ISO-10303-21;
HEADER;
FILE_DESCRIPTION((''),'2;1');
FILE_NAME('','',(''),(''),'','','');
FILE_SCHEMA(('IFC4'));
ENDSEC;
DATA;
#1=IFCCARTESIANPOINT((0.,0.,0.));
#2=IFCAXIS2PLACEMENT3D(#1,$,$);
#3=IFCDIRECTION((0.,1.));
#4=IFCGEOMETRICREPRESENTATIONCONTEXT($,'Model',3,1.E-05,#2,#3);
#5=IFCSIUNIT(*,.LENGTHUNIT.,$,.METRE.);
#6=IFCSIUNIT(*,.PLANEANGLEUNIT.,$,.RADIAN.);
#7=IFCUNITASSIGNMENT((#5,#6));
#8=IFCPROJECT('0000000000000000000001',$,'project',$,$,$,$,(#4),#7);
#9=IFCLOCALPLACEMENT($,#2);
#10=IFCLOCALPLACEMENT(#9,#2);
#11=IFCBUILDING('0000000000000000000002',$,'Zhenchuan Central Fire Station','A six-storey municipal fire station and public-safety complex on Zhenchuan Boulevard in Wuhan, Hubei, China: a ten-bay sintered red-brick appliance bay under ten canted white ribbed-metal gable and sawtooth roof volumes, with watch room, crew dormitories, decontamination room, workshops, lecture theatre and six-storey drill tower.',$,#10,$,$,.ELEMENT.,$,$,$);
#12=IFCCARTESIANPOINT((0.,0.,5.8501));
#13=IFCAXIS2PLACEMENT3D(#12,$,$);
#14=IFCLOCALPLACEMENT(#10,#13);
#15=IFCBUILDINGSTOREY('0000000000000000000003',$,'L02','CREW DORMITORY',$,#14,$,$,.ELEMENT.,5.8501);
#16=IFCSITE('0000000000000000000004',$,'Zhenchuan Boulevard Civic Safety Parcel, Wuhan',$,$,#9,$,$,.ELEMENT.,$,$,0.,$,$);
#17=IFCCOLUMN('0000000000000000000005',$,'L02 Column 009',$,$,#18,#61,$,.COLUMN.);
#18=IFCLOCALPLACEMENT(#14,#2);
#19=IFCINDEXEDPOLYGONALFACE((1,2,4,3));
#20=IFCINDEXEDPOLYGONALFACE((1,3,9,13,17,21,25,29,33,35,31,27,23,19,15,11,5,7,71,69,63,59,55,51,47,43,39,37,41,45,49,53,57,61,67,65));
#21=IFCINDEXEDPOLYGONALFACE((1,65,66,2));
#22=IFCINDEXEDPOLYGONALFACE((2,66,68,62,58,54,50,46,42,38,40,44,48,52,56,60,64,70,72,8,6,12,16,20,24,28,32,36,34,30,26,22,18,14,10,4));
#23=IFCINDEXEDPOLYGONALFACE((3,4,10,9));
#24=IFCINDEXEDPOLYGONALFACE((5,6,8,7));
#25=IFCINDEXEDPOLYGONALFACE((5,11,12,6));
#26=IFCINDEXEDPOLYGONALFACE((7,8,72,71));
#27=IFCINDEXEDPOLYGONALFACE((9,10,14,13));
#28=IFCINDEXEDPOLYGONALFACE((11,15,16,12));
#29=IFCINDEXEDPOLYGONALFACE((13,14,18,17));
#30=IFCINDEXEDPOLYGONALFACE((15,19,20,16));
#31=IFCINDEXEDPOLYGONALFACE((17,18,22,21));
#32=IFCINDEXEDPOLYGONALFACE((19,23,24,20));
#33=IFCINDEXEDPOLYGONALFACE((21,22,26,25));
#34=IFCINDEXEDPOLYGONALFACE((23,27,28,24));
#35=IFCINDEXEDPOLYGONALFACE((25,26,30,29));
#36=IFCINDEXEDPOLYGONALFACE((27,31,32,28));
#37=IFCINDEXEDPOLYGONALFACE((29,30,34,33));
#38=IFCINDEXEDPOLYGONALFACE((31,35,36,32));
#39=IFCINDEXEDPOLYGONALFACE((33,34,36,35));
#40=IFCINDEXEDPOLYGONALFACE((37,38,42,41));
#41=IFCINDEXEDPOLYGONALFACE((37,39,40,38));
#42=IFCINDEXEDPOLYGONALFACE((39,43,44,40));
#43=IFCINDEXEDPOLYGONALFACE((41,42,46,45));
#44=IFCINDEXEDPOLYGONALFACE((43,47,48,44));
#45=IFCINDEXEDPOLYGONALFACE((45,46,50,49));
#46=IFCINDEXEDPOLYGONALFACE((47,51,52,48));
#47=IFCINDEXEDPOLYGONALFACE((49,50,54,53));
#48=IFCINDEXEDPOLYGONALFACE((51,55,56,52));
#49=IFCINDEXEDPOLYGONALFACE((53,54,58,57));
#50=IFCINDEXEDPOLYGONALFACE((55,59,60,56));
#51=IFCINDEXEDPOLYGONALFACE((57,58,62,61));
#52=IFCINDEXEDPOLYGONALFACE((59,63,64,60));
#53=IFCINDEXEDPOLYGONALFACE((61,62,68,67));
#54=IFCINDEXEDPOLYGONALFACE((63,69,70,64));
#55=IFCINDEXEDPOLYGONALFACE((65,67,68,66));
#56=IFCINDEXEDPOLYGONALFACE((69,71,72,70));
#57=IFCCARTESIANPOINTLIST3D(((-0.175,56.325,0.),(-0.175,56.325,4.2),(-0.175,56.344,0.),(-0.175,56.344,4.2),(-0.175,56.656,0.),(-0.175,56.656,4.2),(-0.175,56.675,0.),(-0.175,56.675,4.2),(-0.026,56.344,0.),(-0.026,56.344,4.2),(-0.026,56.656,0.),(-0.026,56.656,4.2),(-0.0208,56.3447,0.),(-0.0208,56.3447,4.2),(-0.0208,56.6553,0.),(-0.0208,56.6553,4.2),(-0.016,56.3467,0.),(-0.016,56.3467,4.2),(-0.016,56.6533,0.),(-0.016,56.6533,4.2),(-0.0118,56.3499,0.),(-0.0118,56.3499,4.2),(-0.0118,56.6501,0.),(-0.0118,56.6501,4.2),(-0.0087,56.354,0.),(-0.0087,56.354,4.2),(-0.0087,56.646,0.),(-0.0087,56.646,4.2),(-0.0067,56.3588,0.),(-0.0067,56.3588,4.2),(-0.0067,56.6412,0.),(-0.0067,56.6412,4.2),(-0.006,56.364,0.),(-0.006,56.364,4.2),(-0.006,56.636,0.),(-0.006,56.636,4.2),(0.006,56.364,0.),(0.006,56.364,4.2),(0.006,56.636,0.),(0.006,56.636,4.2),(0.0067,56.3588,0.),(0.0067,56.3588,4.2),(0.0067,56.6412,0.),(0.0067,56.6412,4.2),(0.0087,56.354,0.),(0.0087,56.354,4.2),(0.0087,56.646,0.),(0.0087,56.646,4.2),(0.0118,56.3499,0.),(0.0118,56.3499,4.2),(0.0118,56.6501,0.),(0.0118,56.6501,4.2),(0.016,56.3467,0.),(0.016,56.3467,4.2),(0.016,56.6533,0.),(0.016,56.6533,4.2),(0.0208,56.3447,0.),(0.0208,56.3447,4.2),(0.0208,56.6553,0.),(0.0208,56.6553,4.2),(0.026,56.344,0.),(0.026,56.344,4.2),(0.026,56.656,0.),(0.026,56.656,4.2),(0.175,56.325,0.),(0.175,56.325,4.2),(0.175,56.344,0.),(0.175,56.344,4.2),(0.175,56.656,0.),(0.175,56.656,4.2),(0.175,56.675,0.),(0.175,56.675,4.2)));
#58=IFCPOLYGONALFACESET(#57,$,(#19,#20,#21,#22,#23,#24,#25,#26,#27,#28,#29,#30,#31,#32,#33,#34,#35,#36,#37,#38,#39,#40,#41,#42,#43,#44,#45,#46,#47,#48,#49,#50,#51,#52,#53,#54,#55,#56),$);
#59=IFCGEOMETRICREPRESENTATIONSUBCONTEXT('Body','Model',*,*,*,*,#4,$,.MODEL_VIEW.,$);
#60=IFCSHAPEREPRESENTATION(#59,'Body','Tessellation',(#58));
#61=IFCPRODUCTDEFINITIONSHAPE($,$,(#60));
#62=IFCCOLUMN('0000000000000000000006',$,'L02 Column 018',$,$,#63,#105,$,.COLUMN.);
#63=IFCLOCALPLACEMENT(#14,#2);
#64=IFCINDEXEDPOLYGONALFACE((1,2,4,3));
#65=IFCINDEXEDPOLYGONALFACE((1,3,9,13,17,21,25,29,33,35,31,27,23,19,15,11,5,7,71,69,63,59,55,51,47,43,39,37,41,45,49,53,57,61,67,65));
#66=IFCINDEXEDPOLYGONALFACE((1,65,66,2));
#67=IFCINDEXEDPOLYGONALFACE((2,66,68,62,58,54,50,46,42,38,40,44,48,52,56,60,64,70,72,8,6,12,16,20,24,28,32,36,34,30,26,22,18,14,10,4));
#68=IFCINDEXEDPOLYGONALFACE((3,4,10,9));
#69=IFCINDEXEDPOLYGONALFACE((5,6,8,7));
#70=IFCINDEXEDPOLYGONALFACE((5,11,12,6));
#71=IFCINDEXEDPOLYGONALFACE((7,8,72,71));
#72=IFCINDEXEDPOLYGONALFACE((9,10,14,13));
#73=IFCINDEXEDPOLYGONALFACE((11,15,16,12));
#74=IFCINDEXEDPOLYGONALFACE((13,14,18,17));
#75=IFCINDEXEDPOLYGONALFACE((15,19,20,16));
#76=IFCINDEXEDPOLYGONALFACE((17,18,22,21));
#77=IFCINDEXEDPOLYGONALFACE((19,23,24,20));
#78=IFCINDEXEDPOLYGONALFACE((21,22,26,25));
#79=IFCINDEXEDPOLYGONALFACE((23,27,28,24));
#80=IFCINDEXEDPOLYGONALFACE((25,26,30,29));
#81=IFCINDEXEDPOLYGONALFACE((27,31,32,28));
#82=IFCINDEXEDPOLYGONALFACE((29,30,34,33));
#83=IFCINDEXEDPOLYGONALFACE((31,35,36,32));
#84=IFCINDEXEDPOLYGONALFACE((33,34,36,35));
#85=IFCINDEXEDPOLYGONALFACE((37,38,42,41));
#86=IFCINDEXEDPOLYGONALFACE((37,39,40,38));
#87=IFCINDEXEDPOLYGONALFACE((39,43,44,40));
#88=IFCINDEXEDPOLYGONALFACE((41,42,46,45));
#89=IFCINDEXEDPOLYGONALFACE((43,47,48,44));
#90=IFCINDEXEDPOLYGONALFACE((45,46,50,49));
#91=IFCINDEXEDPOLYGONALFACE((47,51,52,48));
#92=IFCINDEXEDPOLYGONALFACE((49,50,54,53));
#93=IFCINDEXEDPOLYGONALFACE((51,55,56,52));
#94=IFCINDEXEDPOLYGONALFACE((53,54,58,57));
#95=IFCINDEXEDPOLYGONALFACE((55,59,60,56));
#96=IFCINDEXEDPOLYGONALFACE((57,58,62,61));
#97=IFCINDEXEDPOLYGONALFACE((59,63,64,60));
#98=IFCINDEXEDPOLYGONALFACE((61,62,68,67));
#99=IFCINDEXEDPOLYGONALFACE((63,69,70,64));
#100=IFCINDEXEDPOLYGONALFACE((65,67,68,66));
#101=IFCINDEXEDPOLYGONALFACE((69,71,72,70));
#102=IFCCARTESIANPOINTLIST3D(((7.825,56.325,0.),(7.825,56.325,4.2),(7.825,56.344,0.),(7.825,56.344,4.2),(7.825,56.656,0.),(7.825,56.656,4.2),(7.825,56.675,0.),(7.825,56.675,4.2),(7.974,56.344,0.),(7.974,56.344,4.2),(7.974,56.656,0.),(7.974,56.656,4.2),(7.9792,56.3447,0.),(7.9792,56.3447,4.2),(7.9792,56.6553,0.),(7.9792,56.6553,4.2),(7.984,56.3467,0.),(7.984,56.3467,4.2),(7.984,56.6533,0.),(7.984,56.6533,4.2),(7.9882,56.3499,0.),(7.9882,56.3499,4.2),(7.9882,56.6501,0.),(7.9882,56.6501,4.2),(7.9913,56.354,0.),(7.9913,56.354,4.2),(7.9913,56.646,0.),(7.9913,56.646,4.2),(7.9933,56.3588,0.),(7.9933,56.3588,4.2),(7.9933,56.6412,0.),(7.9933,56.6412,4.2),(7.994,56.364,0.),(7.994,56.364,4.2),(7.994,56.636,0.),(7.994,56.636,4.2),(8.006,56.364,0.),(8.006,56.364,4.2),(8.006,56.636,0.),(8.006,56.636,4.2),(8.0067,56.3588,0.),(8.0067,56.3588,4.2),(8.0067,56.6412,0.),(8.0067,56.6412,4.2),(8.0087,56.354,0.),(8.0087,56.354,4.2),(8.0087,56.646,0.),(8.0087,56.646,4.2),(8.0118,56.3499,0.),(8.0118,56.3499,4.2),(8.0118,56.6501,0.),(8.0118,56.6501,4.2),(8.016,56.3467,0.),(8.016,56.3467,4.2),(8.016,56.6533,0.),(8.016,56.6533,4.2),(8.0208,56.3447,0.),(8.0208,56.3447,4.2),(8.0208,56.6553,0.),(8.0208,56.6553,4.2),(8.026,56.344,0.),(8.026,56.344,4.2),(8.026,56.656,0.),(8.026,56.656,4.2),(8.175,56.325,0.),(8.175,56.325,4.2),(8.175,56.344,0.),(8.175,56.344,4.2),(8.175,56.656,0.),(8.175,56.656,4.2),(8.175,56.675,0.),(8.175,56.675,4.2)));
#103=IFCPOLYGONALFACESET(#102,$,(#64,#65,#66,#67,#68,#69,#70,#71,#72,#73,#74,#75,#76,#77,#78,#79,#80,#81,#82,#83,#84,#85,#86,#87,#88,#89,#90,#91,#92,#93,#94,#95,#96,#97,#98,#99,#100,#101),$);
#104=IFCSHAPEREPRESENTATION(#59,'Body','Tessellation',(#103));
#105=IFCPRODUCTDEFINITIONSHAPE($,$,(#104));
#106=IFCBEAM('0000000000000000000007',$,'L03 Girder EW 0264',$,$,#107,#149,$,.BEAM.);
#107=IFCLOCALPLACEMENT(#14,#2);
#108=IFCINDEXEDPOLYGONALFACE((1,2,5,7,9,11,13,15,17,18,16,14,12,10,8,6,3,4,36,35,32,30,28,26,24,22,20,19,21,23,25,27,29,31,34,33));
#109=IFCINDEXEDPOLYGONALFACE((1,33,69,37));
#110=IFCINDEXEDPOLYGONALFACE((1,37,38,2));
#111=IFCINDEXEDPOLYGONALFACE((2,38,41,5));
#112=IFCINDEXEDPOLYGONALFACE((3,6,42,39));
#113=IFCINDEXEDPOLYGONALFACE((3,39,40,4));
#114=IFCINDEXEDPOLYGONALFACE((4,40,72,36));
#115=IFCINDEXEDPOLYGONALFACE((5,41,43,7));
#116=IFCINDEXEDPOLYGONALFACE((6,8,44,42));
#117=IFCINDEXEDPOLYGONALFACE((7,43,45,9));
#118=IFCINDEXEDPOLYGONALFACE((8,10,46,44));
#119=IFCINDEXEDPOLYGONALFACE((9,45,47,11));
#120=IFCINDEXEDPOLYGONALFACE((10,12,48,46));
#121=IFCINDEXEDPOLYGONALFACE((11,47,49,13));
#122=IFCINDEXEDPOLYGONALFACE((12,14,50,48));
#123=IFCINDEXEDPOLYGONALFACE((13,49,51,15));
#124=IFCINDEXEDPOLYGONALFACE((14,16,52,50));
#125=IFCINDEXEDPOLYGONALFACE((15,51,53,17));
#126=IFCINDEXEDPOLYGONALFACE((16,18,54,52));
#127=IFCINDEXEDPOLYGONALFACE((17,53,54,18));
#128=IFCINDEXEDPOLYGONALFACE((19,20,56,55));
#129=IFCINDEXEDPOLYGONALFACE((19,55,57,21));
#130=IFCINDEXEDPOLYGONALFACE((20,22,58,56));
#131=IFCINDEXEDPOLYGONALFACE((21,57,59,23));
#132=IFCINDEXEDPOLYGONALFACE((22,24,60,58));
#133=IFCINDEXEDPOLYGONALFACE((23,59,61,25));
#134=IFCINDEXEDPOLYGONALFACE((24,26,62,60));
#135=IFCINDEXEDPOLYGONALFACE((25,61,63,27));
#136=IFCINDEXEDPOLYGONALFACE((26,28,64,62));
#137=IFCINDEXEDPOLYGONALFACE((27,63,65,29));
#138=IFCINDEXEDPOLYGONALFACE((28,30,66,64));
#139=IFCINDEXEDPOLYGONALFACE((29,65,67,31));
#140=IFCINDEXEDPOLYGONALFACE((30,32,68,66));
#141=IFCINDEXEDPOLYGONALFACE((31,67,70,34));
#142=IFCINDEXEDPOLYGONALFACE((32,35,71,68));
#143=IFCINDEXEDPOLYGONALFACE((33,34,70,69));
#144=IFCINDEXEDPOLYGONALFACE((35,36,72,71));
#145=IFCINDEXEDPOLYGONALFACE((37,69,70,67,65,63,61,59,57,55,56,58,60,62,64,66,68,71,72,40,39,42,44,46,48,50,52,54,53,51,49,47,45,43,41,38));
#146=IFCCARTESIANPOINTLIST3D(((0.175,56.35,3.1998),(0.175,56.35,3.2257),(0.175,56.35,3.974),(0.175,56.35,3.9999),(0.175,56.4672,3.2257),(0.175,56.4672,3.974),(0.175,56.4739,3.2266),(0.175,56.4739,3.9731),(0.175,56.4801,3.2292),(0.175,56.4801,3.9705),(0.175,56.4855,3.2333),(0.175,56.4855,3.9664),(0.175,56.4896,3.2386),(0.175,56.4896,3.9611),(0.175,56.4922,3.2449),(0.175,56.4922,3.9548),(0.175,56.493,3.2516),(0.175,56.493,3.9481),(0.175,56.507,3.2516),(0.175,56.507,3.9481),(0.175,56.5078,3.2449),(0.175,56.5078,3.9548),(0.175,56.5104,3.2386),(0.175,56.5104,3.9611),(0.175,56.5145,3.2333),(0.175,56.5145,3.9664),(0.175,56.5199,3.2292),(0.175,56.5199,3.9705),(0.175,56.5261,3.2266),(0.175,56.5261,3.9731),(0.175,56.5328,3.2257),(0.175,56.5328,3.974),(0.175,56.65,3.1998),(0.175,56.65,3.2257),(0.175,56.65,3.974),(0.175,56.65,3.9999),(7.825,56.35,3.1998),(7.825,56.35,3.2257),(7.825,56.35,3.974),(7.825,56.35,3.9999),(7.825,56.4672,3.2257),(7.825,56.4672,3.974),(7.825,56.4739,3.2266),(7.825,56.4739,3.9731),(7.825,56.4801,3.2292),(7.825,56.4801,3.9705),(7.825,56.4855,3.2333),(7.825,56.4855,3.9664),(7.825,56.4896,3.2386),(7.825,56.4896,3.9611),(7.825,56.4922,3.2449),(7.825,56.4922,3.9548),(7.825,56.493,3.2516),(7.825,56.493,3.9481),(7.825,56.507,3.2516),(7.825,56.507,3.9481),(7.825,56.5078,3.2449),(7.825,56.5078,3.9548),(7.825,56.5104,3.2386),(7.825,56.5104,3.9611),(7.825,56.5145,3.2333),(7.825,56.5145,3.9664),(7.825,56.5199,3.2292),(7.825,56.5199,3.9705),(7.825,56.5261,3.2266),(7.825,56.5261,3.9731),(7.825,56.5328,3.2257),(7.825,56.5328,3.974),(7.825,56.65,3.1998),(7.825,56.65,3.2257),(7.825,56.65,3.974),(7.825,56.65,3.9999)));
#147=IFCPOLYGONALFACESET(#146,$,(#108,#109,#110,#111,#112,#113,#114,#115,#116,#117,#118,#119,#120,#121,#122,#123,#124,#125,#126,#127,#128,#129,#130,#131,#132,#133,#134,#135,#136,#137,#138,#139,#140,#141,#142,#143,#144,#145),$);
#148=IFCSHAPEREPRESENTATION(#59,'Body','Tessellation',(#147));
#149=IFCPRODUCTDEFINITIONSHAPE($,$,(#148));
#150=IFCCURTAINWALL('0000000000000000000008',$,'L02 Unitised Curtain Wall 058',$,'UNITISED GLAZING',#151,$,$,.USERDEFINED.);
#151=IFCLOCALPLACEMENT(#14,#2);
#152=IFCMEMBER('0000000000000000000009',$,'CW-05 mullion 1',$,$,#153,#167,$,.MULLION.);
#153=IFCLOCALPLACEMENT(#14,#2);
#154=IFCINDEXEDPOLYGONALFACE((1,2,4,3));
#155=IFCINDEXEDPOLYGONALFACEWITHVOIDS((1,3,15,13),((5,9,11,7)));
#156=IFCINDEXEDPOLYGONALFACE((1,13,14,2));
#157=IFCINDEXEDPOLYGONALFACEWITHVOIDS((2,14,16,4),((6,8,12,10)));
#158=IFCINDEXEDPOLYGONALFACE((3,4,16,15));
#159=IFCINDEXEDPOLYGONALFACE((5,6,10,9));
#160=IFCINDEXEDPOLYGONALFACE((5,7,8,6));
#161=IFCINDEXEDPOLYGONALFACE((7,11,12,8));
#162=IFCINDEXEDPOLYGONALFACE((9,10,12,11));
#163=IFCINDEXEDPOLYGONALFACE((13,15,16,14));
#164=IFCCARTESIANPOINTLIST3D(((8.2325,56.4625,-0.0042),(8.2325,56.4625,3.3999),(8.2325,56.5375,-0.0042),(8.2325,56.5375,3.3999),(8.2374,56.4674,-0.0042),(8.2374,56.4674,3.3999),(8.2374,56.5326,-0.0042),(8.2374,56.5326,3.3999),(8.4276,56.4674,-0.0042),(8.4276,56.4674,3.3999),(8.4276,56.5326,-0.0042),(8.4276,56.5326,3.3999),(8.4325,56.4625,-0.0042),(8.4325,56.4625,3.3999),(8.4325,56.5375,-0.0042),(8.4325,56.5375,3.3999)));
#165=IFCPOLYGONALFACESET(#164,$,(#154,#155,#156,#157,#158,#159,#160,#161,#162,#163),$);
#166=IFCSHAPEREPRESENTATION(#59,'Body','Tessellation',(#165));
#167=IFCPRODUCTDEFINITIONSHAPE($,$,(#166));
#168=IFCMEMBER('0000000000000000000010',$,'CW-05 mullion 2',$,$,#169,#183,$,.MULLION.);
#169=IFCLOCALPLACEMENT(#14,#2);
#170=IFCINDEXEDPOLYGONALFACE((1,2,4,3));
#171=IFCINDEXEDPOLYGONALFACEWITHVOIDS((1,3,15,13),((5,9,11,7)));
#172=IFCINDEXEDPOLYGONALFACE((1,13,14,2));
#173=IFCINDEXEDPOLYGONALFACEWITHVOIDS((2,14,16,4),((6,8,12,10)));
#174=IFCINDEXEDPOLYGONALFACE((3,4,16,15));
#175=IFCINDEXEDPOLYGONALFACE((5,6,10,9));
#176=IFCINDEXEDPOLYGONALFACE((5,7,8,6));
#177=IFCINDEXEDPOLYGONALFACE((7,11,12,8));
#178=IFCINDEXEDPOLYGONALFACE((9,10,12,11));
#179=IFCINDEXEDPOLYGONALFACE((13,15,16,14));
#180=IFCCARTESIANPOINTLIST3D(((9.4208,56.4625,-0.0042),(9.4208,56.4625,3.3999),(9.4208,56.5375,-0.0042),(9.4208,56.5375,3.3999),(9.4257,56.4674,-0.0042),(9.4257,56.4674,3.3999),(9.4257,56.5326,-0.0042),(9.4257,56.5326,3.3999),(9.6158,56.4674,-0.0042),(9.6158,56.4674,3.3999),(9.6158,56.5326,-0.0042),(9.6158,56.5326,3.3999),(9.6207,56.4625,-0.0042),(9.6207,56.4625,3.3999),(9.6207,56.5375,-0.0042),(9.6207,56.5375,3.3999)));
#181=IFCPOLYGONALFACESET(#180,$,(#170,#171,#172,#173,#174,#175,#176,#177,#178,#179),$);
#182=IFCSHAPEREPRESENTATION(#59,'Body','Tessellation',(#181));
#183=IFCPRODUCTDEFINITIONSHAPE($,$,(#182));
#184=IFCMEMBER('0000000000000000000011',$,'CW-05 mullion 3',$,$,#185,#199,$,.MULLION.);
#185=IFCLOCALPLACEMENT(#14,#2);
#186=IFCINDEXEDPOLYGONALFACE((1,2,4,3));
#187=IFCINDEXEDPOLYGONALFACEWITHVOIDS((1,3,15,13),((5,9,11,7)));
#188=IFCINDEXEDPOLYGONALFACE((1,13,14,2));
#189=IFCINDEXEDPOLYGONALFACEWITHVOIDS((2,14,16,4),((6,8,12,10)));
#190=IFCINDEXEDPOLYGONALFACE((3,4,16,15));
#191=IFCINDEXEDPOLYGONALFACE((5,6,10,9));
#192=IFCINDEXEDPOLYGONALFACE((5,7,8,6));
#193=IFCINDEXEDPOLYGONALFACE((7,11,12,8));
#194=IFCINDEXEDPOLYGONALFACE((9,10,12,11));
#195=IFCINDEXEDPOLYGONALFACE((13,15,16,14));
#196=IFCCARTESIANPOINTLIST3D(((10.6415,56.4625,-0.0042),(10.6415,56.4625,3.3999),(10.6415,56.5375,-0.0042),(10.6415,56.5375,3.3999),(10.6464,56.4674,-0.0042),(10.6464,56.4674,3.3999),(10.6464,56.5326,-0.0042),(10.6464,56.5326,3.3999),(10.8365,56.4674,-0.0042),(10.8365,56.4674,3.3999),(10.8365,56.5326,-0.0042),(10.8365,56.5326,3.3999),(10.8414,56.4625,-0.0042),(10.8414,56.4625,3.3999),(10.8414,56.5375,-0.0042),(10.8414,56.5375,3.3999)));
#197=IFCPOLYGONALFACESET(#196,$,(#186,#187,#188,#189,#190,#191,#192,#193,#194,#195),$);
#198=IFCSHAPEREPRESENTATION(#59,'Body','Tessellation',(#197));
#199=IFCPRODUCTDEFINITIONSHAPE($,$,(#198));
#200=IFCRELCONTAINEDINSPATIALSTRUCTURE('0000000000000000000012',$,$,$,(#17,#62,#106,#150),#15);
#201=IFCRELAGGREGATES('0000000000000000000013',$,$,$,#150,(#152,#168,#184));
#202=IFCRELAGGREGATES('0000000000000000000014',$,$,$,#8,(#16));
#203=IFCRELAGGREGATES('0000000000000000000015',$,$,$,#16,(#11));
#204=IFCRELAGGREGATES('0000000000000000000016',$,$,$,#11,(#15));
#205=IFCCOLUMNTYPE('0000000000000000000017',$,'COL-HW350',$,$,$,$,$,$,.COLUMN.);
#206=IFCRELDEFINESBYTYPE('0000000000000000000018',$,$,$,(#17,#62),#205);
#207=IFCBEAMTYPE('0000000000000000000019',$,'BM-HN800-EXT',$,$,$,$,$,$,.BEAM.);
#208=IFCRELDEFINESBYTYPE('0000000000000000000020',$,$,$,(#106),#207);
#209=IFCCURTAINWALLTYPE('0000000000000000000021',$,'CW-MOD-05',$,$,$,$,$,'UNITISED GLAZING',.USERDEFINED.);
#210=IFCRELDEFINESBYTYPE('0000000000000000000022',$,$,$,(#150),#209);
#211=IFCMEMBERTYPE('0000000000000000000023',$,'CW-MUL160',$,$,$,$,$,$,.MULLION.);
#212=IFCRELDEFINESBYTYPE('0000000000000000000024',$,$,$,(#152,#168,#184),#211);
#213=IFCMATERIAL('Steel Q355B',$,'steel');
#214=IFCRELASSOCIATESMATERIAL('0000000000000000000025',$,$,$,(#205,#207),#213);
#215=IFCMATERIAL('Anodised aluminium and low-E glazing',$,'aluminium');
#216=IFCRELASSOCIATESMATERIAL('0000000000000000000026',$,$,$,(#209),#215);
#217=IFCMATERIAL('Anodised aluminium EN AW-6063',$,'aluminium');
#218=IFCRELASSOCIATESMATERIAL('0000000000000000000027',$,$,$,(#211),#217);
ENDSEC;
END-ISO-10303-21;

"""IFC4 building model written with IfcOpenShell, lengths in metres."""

from ifc_helpers import new_model, si_unit, direction, frame, origin, origin_2d, place, context, subcontext, project, spatial, hollow_rectangle, i_section, extrude, material, material_profile, profile_set, type_object, element, aggregate, save


model = new_model("IFC4")

# Units and contexts
model_context = context("Model", 3, precision=1e-05, world=origin(), true_north=direction((0.0, 1.0)))
body_context = subcontext(model_context, "Body", "Model", "MODEL_VIEW")
ifc_project = project(units=[si_unit("LENGTHUNIT", "METRE"), si_unit("PLANEANGLEUNIT", "RADIAN")], contexts=[model_context])

# Site, building, storey
site_placement = place(None, origin())
site = spatial("IfcSite", under=ifc_project, at=site_placement, Name="Zhenchuan Boulevard Civic Safety Parcel, Wuhan", CompositionType="ELEMENT", RefElevation=0.0)
building_placement = place(site_placement, origin())
building = spatial("IfcBuilding", under=site, at=building_placement, Name="Zhenchuan Central Fire Station", Description="A six-storey municipal fire station and public-safety complex on Zhenchuan Boulevard in Wuhan, Hubei, China: a ten-bay sintered red-brick appliance bay under ten canted white ribbed-metal gable and sawtooth roof volumes, with watch room, crew dormitories, decontamination room, workshops, lecture theatre and six-storey drill tower.", CompositionType="ELEMENT")
storey_placement = place(building_placement, frame((0.0, 0.0, 5.8501)))
storey = spatial("IfcBuildingStorey", under=building, at=storey_placement, Name="L02", Description="CREW DORMITORY", CompositionType="ELEMENT", Elevation=5.8501)

# Columns
ifc_material_1 = material(Name="Steel Q355B", Category="steel")
ifc_material_profile_1 = material_profile(ifc_material_1, i_section(OverallWidth=0.3501, OverallDepth=0.3501, WebThickness=0.012, FlangeThickness=0.019, FilletRadius=0.02, at=origin_2d()), Name="HW 350x350")
ifc_profile_set_1 = profile_set([ifc_material_profile_1], Name="Steel Q355B")
column_type = type_object("IfcColumnType", Name="COL-HW350", PredefinedType="COLUMN", material=ifc_profile_set_1)
for number, where, z_axis, x_axis, name in (
    (1, (0.0, 56.5, 0.0), (0.0, 0.0, 1.0), (1.0, 0.0, 0.0), "L02 Column 009"),
    (2, (8.0, 56.5, 0.0), (0.0, 0.0, 1.0), (1.0, 0.0, 0.0), "L02 Column 018"),
):
    element("IfcColumn", number, at=place(storey_placement, frame(where, z_axis=z_axis, x_axis=x_axis)), inside=storey, type_object=column_type, Name=name, PredefinedType="COLUMN", context=body_context, shape_type="SweptSolid", body=[
        extrude(i_section(OverallWidth=0.3501, OverallDepth=0.3501, WebThickness=0.012, FlangeThickness=0.019, FilletRadius=0.02, at=origin_2d()), origin(), (0.0, 0.0, 1.0), 4.2),
    ])

# Beam
ifc_material_profile_2 = material_profile(ifc_material_1, i_section(OverallWidth=0.3, OverallDepth=0.8, WebThickness=0.0139, FlangeThickness=0.0259, FilletRadius=0.0259, at=origin_2d()), Name="HN 800x300")
ifc_profile_set_2 = profile_set([ifc_material_profile_2], Name="Steel Q355B")
beam_type_1 = type_object("IfcBeamType", Name="BM-HN800-EXT", PredefinedType="BEAM", material=ifc_profile_set_2)
beam_1_placement = place(storey_placement, frame((0.175, 56.5, 3.5999), z_axis=(1.0, 0.0, 0.0), x_axis=(0.0, 1.0, 0.0)))
element("IfcBeam", 3, at=beam_1_placement, inside=storey, type_object=beam_type_1, Name="L03 Girder EW 0264", PredefinedType="BEAM", context=body_context, shape_type="SweptSolid", body=[
    extrude(i_section(OverallWidth=0.3, OverallDepth=0.8, WebThickness=0.0139, FlangeThickness=0.0259, FilletRadius=0.0259, at=origin_2d()), origin(), (0.0, 0.0, 1.0), 7.6499),
])

# Curtain wall, members
ifc_material_2 = material(Name="Anodised aluminium and low-E glazing", Category="aluminium")
curtain_wall_type = type_object("IfcCurtainWallType", Name="CW-MOD-05", ElementType="UNITISED GLAZING", PredefinedType="USERDEFINED", material=ifc_material_2)
curtain_wall_placement = place(storey_placement, origin())
curtain_wall = element("IfcCurtainWall", 4, at=curtain_wall_placement, inside=storey, type_object=curtain_wall_type, Name="L02 Unitised Curtain Wall 058", ObjectType="UNITISED GLAZING", PredefinedType="USERDEFINED")
ifc_material_3 = material(Name="Anodised aluminium EN AW-6063", Category="aluminium")
ifc_material_profile_3 = material_profile(ifc_material_3, hollow_rectangle(XDim=0.075, YDim=0.2, WallThickness=0.0049, at=origin_2d()), Name="ALU-M 200x75")
ifc_profile_set_3 = profile_set([ifc_material_profile_3], Name="Anodised aluminium EN AW-6063")
member_type_1 = type_object("IfcMemberType", Name="CW-MUL160", PredefinedType="MULLION", material=ifc_profile_set_3)
member_1_placement = place(storey_placement, frame((8.3325, 56.5, -0.0042), z_axis=(0.0, 0.0, 1.0), x_axis=(0.0, 1.0, 0.0)))
member_1 = element("IfcMember", 5, at=member_1_placement, type_object=member_type_1, Name="CW-05 mullion 1", PredefinedType="MULLION", context=body_context, shape_type="SweptSolid", body=[
    extrude(hollow_rectangle(XDim=0.075, YDim=0.2, WallThickness=0.0049, at=origin_2d()), origin(), (0.0, 0.0, 1.0), 3.4041),
])
member_2_placement = place(storey_placement, frame((9.5208, 56.5, -0.0042), z_axis=(0.0, 0.0, 1.0), x_axis=(0.0, 1.0, 0.0)))
member_2 = element("IfcMember", 6, at=member_2_placement, type_object=member_type_1, Name="CW-05 mullion 2", PredefinedType="MULLION", context=body_context, shape_type="SweptSolid", body=[
    extrude(hollow_rectangle(XDim=0.075, YDim=0.2, WallThickness=0.0049, at=origin_2d()), origin(), (0.0, 0.0, 1.0), 3.4041),
])
member_3_placement = place(storey_placement, frame((10.7415, 56.5, -0.0042), z_axis=(0.0, 0.0, 1.0), x_axis=(0.0, 1.0, 0.0)))
member_3 = element("IfcMember", 7, at=member_3_placement, type_object=member_type_1, Name="CW-05 mullion 3", PredefinedType="MULLION", context=body_context, shape_type="SweptSolid", body=[
    extrude(hollow_rectangle(XDim=0.075, YDim=0.2, WallThickness=0.0049, at=origin_2d()), origin(), (0.0, 0.0, 1.0), 3.4041),
])

aggregate(curtain_wall, [member_1, member_2, member_3])

save(model, "model.ifc")
